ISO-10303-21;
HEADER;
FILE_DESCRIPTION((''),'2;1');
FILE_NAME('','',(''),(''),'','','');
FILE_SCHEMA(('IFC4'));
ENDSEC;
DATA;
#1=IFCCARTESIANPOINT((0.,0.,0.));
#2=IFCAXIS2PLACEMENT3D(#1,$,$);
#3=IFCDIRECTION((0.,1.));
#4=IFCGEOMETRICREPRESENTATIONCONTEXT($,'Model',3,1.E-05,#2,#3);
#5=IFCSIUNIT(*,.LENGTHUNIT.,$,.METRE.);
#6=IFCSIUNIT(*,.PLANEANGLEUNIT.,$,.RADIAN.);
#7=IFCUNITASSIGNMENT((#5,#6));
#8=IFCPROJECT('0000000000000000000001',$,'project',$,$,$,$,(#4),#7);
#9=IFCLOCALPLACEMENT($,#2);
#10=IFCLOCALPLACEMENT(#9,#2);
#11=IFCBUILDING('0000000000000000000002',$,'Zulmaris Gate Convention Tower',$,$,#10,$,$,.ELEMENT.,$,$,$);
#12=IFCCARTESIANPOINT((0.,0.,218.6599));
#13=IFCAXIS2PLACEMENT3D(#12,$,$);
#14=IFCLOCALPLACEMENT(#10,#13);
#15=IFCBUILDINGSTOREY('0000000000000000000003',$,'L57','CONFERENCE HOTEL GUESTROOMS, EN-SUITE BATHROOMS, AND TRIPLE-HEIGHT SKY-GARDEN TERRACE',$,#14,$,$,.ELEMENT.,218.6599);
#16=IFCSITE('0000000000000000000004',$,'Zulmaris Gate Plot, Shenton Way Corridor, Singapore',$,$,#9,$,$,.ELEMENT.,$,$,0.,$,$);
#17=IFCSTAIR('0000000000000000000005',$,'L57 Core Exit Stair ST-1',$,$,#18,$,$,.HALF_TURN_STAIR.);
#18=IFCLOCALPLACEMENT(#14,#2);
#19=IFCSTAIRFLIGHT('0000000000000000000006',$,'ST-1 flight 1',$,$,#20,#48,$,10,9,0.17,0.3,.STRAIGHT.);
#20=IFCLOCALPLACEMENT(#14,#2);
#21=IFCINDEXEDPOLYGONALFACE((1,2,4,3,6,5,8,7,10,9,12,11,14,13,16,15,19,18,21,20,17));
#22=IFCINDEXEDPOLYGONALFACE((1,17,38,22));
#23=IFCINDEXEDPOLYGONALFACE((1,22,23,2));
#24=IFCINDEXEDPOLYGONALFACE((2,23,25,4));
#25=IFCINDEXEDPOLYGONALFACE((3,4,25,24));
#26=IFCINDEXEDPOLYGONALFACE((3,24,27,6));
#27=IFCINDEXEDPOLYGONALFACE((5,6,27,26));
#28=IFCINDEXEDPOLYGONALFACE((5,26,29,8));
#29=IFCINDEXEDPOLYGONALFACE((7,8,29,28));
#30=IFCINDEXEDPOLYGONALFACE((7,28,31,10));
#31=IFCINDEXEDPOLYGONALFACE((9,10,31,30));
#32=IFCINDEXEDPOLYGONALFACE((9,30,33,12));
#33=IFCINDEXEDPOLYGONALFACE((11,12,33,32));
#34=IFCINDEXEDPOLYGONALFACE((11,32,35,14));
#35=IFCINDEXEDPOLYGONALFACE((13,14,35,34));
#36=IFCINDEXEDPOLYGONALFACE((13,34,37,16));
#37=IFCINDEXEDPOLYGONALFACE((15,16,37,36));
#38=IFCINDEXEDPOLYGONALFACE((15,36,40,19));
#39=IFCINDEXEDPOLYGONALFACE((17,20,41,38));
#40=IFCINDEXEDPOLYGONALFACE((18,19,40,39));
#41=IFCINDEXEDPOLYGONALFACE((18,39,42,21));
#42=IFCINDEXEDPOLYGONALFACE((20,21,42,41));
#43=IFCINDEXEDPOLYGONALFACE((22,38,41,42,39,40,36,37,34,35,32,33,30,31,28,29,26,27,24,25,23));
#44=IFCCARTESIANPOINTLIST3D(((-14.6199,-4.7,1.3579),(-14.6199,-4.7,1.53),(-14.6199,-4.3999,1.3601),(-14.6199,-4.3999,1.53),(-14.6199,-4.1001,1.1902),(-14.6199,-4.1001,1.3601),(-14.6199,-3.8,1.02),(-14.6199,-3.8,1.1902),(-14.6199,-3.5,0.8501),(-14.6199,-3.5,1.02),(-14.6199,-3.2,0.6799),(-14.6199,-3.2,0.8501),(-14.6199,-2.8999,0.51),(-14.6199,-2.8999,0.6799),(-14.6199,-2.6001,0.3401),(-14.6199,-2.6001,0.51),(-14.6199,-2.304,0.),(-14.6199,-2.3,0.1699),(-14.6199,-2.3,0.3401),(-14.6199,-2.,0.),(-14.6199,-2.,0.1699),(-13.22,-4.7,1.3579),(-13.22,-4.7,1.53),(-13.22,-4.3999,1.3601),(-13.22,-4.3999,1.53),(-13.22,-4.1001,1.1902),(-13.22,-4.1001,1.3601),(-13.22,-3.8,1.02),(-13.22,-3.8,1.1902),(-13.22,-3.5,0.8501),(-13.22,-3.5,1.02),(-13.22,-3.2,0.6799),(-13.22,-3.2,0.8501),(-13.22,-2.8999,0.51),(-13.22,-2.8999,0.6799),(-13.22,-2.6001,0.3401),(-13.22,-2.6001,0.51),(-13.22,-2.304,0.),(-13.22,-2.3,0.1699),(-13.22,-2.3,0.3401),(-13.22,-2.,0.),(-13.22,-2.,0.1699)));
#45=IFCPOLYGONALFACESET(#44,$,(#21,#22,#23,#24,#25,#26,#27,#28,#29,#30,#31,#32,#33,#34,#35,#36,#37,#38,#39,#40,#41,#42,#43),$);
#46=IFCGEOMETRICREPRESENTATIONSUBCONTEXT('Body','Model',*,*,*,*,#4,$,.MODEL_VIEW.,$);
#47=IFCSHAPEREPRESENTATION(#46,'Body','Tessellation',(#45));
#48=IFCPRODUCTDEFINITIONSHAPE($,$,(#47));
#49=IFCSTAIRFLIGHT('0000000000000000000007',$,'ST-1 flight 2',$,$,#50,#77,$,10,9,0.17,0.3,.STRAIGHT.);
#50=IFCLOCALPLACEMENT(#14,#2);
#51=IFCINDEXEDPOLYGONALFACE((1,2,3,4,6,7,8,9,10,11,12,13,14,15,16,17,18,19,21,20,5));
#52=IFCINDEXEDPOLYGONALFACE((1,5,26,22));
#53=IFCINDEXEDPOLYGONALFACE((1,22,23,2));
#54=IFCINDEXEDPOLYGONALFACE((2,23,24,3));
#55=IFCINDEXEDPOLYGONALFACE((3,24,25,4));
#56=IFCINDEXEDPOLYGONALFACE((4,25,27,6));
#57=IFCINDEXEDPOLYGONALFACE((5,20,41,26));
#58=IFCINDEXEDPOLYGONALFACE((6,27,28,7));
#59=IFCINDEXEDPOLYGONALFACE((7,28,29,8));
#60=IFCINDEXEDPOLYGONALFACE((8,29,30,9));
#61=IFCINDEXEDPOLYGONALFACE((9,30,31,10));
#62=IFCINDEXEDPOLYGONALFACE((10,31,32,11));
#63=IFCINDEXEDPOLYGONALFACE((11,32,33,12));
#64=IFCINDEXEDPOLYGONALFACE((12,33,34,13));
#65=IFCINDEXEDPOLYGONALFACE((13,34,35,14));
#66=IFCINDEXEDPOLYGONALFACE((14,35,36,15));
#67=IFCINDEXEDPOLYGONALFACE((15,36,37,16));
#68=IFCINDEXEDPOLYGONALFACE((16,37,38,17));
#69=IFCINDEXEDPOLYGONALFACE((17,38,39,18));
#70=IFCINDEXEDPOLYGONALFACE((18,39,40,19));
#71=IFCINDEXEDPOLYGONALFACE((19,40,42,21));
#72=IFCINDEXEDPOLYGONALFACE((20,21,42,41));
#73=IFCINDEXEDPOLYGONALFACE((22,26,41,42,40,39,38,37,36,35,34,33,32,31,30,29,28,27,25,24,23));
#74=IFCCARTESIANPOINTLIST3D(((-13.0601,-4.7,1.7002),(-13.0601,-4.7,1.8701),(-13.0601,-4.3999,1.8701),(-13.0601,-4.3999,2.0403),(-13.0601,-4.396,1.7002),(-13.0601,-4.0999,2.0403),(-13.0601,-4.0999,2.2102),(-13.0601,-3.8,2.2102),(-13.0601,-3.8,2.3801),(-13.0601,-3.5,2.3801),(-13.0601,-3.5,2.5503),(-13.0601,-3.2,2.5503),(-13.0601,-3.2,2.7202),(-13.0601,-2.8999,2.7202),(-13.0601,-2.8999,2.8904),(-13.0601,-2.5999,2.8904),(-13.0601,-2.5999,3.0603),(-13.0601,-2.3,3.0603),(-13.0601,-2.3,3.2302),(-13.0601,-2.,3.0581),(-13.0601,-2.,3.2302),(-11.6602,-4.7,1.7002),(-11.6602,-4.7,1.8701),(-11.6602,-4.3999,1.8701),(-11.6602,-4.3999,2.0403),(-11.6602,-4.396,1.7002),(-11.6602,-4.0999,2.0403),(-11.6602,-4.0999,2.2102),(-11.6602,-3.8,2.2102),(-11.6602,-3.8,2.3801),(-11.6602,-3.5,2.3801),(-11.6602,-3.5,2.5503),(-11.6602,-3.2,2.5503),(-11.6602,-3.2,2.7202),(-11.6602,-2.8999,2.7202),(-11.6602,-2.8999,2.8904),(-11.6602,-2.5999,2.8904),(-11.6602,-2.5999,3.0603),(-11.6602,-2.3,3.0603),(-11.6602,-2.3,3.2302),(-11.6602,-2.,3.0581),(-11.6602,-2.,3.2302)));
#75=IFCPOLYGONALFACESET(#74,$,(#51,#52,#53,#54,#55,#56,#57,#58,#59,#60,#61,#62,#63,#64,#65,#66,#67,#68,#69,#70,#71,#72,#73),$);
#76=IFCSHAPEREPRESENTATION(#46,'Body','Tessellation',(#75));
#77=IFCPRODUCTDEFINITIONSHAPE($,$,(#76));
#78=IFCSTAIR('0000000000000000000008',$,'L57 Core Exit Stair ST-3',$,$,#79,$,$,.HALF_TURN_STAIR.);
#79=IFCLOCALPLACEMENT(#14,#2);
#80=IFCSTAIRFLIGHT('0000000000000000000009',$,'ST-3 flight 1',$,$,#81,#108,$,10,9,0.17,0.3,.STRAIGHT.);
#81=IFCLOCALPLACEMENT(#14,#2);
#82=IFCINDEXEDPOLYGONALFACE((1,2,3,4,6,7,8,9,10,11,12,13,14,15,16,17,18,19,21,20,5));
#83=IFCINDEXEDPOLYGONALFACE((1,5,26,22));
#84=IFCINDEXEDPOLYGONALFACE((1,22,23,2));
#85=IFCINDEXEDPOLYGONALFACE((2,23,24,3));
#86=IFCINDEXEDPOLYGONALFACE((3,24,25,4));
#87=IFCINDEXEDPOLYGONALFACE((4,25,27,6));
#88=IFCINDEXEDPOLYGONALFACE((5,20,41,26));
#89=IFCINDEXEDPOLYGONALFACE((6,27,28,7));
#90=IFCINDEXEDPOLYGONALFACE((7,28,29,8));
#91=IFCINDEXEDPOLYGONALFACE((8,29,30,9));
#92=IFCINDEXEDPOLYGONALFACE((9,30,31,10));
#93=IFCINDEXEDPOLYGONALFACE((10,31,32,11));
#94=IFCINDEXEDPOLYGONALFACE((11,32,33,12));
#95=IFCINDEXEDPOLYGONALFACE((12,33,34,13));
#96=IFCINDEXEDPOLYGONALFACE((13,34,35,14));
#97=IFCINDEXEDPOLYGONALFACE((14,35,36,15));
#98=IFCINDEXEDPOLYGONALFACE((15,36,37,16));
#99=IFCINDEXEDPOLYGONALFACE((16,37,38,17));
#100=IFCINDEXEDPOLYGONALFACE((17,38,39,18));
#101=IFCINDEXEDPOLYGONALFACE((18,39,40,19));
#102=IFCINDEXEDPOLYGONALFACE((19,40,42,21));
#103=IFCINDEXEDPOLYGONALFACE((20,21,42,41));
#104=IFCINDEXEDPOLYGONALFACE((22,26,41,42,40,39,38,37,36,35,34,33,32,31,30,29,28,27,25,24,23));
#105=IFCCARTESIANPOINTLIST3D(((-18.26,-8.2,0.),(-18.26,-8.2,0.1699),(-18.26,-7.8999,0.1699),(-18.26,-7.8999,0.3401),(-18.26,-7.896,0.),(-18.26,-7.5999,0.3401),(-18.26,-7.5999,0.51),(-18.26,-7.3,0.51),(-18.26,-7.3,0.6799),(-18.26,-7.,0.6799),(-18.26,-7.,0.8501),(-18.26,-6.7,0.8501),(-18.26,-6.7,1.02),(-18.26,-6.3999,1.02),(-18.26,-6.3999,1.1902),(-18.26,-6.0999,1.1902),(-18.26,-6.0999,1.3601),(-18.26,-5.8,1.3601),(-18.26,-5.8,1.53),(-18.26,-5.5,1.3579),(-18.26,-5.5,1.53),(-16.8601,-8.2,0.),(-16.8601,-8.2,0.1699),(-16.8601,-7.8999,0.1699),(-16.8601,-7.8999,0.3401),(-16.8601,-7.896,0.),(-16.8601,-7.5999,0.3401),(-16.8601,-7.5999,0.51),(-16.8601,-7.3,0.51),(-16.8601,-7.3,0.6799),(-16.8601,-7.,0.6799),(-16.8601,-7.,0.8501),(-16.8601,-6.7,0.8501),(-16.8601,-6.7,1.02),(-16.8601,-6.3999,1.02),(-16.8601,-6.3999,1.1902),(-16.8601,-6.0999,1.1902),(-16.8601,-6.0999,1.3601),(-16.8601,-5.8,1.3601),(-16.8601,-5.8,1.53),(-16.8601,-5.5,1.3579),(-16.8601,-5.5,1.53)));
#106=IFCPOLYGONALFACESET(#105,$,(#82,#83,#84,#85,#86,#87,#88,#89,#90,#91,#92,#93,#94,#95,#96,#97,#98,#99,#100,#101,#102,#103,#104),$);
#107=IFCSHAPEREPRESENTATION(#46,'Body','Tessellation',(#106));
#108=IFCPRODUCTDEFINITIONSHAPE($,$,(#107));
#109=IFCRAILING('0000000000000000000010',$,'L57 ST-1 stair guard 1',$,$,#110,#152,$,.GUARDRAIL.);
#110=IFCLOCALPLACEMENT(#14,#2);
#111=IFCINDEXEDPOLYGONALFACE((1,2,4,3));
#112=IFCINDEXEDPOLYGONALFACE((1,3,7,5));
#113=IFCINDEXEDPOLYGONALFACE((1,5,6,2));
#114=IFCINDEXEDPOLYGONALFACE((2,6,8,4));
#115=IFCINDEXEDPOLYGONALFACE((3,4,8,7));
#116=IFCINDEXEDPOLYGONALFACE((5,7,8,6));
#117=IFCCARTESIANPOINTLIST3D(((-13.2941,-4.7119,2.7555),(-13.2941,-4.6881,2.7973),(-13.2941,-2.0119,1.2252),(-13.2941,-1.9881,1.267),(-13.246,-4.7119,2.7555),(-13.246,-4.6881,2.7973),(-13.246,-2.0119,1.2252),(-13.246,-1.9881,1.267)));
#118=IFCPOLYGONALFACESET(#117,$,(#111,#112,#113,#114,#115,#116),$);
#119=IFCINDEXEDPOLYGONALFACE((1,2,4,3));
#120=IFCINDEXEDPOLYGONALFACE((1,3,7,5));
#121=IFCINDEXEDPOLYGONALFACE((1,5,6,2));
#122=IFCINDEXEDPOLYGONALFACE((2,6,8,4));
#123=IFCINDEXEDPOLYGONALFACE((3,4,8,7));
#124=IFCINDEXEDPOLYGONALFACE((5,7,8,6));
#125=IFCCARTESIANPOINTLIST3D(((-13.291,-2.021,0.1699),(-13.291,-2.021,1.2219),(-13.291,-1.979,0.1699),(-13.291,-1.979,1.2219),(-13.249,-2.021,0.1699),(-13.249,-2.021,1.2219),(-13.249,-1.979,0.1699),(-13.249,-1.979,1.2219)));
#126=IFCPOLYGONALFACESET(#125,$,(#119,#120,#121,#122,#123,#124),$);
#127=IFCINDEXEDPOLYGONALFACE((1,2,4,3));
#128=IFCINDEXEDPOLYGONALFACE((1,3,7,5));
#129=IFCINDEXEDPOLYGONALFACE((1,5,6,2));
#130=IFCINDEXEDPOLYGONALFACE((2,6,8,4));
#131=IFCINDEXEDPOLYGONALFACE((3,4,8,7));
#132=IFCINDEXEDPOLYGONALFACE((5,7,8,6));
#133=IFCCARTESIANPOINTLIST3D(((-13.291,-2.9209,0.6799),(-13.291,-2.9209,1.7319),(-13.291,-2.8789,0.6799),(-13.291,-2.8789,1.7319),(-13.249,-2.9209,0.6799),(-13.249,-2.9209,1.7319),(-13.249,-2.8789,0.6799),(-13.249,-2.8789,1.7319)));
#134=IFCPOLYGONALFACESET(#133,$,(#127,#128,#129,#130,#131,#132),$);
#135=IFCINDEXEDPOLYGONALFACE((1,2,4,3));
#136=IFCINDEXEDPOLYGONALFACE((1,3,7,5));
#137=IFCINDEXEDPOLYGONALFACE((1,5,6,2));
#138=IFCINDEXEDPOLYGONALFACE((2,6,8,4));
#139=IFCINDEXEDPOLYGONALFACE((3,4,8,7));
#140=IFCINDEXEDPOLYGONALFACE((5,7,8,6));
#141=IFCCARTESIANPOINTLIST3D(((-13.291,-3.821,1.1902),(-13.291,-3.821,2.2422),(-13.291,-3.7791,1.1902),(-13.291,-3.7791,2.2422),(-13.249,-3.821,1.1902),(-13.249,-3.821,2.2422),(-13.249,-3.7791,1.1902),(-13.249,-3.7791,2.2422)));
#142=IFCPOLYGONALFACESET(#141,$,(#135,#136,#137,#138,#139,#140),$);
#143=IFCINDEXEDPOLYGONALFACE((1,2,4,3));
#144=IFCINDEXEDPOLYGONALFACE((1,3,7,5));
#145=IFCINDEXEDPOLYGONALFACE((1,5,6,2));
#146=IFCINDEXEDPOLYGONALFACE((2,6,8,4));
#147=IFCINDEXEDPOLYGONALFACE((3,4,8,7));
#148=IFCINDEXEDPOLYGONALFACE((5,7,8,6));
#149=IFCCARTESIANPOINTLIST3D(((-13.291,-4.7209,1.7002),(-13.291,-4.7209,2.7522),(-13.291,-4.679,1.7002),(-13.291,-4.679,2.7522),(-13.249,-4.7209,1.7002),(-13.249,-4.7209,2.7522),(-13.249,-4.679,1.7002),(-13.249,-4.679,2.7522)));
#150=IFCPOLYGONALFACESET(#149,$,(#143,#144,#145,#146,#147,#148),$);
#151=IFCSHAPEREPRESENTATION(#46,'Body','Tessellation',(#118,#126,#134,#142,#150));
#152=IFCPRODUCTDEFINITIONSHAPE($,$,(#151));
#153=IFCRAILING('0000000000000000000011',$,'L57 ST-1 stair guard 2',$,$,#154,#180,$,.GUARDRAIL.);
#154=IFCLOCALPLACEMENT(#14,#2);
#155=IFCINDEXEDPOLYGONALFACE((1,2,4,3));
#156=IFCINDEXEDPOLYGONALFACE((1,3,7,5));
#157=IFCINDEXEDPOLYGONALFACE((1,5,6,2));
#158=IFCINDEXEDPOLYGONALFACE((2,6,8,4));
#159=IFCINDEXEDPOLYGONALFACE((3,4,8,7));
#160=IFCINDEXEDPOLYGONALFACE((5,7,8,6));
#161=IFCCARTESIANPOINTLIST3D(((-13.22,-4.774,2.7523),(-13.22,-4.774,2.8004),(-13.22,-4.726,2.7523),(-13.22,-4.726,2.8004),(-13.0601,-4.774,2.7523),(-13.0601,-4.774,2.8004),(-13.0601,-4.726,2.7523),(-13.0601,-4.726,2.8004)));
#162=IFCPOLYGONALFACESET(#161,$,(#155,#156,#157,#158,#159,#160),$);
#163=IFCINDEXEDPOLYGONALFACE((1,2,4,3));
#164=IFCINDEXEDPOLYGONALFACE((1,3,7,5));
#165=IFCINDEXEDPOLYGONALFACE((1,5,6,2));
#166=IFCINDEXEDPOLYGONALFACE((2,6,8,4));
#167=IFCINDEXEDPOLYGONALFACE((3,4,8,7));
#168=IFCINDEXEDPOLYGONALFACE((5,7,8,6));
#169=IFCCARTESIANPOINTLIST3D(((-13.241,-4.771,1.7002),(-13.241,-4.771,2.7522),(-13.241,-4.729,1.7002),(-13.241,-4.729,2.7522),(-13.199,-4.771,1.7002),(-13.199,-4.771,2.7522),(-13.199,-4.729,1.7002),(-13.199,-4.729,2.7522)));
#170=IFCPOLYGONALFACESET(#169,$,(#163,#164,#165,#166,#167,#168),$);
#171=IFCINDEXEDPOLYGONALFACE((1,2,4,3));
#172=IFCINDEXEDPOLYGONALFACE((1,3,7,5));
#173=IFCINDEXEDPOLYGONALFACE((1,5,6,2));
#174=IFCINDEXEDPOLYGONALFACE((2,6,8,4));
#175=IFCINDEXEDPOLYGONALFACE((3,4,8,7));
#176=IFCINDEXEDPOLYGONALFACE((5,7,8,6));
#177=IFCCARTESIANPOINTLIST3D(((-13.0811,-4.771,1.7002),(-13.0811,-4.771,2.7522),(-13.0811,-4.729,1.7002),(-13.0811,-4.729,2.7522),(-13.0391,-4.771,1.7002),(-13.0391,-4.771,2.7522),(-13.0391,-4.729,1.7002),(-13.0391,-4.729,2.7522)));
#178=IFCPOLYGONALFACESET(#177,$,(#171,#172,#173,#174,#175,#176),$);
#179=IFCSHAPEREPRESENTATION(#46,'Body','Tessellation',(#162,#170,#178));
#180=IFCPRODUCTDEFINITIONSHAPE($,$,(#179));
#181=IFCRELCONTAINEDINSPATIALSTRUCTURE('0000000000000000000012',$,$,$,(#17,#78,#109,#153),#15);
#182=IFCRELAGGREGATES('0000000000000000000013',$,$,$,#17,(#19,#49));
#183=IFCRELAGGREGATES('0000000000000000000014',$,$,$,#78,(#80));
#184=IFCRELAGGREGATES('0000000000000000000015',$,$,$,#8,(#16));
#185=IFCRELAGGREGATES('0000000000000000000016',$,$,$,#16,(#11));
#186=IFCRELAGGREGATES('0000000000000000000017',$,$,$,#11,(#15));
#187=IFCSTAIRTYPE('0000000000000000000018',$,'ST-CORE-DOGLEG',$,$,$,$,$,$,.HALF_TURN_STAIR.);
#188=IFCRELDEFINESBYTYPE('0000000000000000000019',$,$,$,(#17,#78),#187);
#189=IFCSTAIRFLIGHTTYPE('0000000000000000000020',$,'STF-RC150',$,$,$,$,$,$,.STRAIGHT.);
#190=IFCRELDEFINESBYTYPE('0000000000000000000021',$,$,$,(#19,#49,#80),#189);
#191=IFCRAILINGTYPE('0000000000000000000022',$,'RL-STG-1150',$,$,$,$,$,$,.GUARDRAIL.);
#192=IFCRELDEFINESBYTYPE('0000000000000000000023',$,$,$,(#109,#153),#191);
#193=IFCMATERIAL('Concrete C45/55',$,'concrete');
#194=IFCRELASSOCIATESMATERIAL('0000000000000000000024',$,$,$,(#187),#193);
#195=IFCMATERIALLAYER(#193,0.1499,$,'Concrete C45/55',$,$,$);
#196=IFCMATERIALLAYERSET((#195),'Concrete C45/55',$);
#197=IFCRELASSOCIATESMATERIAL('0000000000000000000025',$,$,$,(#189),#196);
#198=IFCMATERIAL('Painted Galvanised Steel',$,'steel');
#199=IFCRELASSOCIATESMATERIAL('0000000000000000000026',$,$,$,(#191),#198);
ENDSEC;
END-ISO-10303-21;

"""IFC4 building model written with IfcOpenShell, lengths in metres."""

from ifc_helpers import new_model, si_unit, direction, frame, origin, origin_2d, place, context, subcontext, project, spatial, polyline, rectangle, outline, extrude, material, layer, layer_set, type_object, element, aggregate, save


model = new_model("IFC4")

# Units and contexts
model_context = context("Model", 3, precision=1e-05, world=origin(), true_north=direction((0.0, 1.0)))
body_context = subcontext(model_context, "Body", "Model", "MODEL_VIEW")
ifc_project = project(units=[si_unit("LENGTHUNIT", "METRE"), si_unit("PLANEANGLEUNIT", "RADIAN")], contexts=[model_context])

# Site, building, storey
site_placement = place(None, origin())
site = spatial("IfcSite", under=ifc_project, at=site_placement, Name="Zulmaris Gate Plot, Shenton Way Corridor, Singapore", CompositionType="ELEMENT", RefElevation=0.0)
building_placement = place(site_placement, origin())
building = spatial("IfcBuilding", under=site, at=building_placement, Name="Zulmaris Gate Convention Tower", CompositionType="ELEMENT")
storey_placement = place(building_placement, frame((0.0, 0.0, 218.6599)))
storey = spatial("IfcBuildingStorey", under=building, at=storey_placement, Name="L57", Description="CONFERENCE HOTEL GUESTROOMS, EN-SUITE BATHROOMS, AND TRIPLE-HEIGHT SKY-GARDEN TERRACE", CompositionType="ELEMENT", Elevation=218.6599)

# Stair, stair flights
ifc_material_1 = material(Name="Concrete C45/55", Category="concrete")
stair_type = type_object("IfcStairType", Name="ST-CORE-DOGLEG", PredefinedType="HALF_TURN_STAIR", material=ifc_material_1)
stair_1_placement = place(storey_placement, origin())
stair_1 = element("IfcStair", 1, at=stair_1_placement, inside=storey, type_object=stair_type, Name="L57 Core Exit Stair ST-1", PredefinedType="HALF_TURN_STAIR")
ifc_layer_1 = layer(ifc_material_1, 0.1499, Name="Concrete C45/55")
ifc_layer_set_1 = layer_set([ifc_layer_1], Name="Concrete C45/55")
stair_flight_type = type_object("IfcStairFlightType", Name="STF-RC150", PredefinedType="STRAIGHT", material=ifc_layer_set_1)
stair_flight_1_placement = place(storey_placement, frame((-13.9199, -2.0, 0.0), z_axis=(0.0, 0.0, 1.0), x_axis=(0.0, -1.0, 0.0)))
stair_flight_1 = element("IfcStairFlight", 2, at=stair_flight_1_placement, type_object=stair_flight_type, Name="ST-1 flight 1", NumberOfRisers=10, NumberOfTreads=9, PredefinedType="STRAIGHT", RiserHeight=0.17, TreadLength=0.3, context=body_context, shape_type="SweptSolid", body=[
    extrude(outline(polyline([(0.0, 0.0), (0.0, 0.1699), (0.3, 0.1699), (0.3, 0.3401), (0.6001, 0.3401), (0.6001, 0.51), (0.8999, 0.51), (0.8999, 0.6799), (1.2, 0.6799), (1.2, 0.8501), (1.5, 0.8501), (1.5, 1.02), (1.8, 1.02), (1.8, 1.1902), (2.1001, 1.1902), (2.1001, 1.3601), (2.3999, 1.3601), (2.3999, 1.53), (2.7, 1.53), (2.7, 1.7002), (2.7, 1.3579), (0.304, 0.0), (0.0, 0.0)])), frame((0.0, 0.7, 0.0), z_axis=(0.0, -1.0, 0.0), x_axis=(1.0, 0.0, 0.0)), (0.0, 0.0, 1.0), 1.3999),
])
stair_flight_2_placement = place(storey_placement, frame((-12.3601, -4.7, 1.7002), z_axis=(0.0, 0.0, 1.0), x_axis=(0.0, 1.0, 0.0)))
stair_flight_2 = element("IfcStairFlight", 3, at=stair_flight_2_placement, type_object=stair_flight_type, Name="ST-1 flight 2", NumberOfRisers=10, NumberOfTreads=9, PredefinedType="STRAIGHT", RiserHeight=0.17, TreadLength=0.3, context=body_context, shape_type="SweptSolid", body=[
    extrude(outline(polyline([(0.0, 0.0), (0.0, 0.1699), (0.3, 0.1699), (0.3, 0.3401), (0.6001, 0.3401), (0.6001, 0.51), (0.8999, 0.51), (0.8999, 0.6799), (1.2, 0.6799), (1.2, 0.8501), (1.5, 0.8501), (1.5, 1.02), (1.8, 1.02), (1.8, 1.1902), (2.1001, 1.1902), (2.1001, 1.3601), (2.3999, 1.3601), (2.3999, 1.53), (2.7, 1.53), (2.7, 1.7002), (2.7, 1.3579), (0.304, 0.0), (0.0, 0.0)])), frame((0.0, 0.7, 0.0), z_axis=(0.0, -1.0, 0.0), x_axis=(1.0, 0.0, 0.0)), (0.0, 0.0, 1.0), 1.3999),
])
aggregate(stair_1, [stair_flight_1, stair_flight_2])

# Stair, stair flight
stair_2_placement = place(storey_placement, origin())
stair_2 = element("IfcStair", 4, at=stair_2_placement, inside=storey, type_object=stair_type, Name="L57 Core Exit Stair ST-3", PredefinedType="HALF_TURN_STAIR")
stair_flight_3_placement = place(storey_placement, frame((-17.5601, -8.2, 0.0), z_axis=(0.0, 0.0, 1.0), x_axis=(0.0, 1.0, 0.0)))
stair_flight_3 = element("IfcStairFlight", 5, at=stair_flight_3_placement, type_object=stair_flight_type, Name="ST-3 flight 1", NumberOfRisers=10, NumberOfTreads=9, PredefinedType="STRAIGHT", RiserHeight=0.17, TreadLength=0.3, context=body_context, shape_type="SweptSolid", body=[
    extrude(outline(polyline([(0.0, 0.0), (0.0, 0.1699), (0.3, 0.1699), (0.3, 0.3401), (0.6001, 0.3401), (0.6001, 0.51), (0.8999, 0.51), (0.8999, 0.6799), (1.2, 0.6799), (1.2, 0.8501), (1.5, 0.8501), (1.5, 1.02), (1.8, 1.02), (1.8, 1.1902), (2.1001, 1.1902), (2.1001, 1.3601), (2.3999, 1.3601), (2.3999, 1.53), (2.7, 1.53), (2.7, 1.7002), (2.7, 1.3579), (0.304, 0.0), (0.0, 0.0)])), frame((0.0, 0.7, 0.0), z_axis=(0.0, -1.0, 0.0), x_axis=(1.0, 0.0, 0.0)), (0.0, 0.0, 1.0), 1.3999),
])
aggregate(stair_2, [stair_flight_3])

# Railings
ifc_material_2 = material(Name="Painted Galvanised Steel", Category="steel")
railing_type_1 = type_object("IfcRailingType", Name="RL-STG-1150", PredefinedType="GUARDRAIL", material=ifc_material_2)
railing_1_placement = place(storey_placement, frame((-13.27, -2.0, 0.1699)))
element("IfcRailing", 6, at=railing_1_placement, inside=storey, type_object=railing_type_1, Name="L57 ST-1 stair guard 1", PredefinedType="GUARDRAIL", context=body_context, shape_type="SweptSolid", body=[
    extrude(rectangle(XDim=0.0481, YDim=0.0481, at=origin_2d()), frame((0.0, 0.0, 1.0762), z_axis=(0.0, -0.869981, 0.493086), x_axis=(1.0, 0.0, 0.0)), (0.0, 0.0, 1.0), 3.1035),
    extrude(rectangle(XDim=0.042, YDim=0.042, at=origin_2d()), origin(), (0.0, 0.0, 1.0), 1.052),
    extrude(rectangle(XDim=0.042, YDim=0.042, at=origin_2d()), frame((0.0, -0.8999, 0.51)), (0.0, 0.0, 1.0), 1.052),
    extrude(rectangle(XDim=0.042, YDim=0.042, at=origin_2d()), frame((0.0, -1.8, 1.0203)), (0.0, 0.0, 1.0), 1.052),
    extrude(rectangle(XDim=0.042, YDim=0.042, at=origin_2d()), frame((0.0, -2.7, 1.5303)), (0.0, 0.0, 1.0), 1.052),
])
railing_2_placement = place(storey_placement, frame((-13.22, -4.75, 1.7002)))
element("IfcRailing", 7, at=railing_2_placement, inside=storey, type_object=railing_type_1, Name="L57 ST-1 stair guard 2", PredefinedType="GUARDRAIL", context=body_context, shape_type="SweptSolid", body=[
    extrude(rectangle(XDim=0.0481, YDim=0.0481, at=origin_2d()), frame((0.0, 0.0, 1.0762), z_axis=(1.0, 0.0, 0.0), x_axis=(0.0, 1.0, 0.0)), (0.0, 0.0, 1.0), 0.1599),
    extrude(rectangle(XDim=0.042, YDim=0.042, at=origin_2d()), origin(), (0.0, 0.0, 1.0), 1.052),
    extrude(rectangle(XDim=0.042, YDim=0.042, at=origin_2d()), frame((0.1599, 0.0, 0.0)), (0.0, 0.0, 1.0), 1.052),
])

save(model, "model.ifc")
